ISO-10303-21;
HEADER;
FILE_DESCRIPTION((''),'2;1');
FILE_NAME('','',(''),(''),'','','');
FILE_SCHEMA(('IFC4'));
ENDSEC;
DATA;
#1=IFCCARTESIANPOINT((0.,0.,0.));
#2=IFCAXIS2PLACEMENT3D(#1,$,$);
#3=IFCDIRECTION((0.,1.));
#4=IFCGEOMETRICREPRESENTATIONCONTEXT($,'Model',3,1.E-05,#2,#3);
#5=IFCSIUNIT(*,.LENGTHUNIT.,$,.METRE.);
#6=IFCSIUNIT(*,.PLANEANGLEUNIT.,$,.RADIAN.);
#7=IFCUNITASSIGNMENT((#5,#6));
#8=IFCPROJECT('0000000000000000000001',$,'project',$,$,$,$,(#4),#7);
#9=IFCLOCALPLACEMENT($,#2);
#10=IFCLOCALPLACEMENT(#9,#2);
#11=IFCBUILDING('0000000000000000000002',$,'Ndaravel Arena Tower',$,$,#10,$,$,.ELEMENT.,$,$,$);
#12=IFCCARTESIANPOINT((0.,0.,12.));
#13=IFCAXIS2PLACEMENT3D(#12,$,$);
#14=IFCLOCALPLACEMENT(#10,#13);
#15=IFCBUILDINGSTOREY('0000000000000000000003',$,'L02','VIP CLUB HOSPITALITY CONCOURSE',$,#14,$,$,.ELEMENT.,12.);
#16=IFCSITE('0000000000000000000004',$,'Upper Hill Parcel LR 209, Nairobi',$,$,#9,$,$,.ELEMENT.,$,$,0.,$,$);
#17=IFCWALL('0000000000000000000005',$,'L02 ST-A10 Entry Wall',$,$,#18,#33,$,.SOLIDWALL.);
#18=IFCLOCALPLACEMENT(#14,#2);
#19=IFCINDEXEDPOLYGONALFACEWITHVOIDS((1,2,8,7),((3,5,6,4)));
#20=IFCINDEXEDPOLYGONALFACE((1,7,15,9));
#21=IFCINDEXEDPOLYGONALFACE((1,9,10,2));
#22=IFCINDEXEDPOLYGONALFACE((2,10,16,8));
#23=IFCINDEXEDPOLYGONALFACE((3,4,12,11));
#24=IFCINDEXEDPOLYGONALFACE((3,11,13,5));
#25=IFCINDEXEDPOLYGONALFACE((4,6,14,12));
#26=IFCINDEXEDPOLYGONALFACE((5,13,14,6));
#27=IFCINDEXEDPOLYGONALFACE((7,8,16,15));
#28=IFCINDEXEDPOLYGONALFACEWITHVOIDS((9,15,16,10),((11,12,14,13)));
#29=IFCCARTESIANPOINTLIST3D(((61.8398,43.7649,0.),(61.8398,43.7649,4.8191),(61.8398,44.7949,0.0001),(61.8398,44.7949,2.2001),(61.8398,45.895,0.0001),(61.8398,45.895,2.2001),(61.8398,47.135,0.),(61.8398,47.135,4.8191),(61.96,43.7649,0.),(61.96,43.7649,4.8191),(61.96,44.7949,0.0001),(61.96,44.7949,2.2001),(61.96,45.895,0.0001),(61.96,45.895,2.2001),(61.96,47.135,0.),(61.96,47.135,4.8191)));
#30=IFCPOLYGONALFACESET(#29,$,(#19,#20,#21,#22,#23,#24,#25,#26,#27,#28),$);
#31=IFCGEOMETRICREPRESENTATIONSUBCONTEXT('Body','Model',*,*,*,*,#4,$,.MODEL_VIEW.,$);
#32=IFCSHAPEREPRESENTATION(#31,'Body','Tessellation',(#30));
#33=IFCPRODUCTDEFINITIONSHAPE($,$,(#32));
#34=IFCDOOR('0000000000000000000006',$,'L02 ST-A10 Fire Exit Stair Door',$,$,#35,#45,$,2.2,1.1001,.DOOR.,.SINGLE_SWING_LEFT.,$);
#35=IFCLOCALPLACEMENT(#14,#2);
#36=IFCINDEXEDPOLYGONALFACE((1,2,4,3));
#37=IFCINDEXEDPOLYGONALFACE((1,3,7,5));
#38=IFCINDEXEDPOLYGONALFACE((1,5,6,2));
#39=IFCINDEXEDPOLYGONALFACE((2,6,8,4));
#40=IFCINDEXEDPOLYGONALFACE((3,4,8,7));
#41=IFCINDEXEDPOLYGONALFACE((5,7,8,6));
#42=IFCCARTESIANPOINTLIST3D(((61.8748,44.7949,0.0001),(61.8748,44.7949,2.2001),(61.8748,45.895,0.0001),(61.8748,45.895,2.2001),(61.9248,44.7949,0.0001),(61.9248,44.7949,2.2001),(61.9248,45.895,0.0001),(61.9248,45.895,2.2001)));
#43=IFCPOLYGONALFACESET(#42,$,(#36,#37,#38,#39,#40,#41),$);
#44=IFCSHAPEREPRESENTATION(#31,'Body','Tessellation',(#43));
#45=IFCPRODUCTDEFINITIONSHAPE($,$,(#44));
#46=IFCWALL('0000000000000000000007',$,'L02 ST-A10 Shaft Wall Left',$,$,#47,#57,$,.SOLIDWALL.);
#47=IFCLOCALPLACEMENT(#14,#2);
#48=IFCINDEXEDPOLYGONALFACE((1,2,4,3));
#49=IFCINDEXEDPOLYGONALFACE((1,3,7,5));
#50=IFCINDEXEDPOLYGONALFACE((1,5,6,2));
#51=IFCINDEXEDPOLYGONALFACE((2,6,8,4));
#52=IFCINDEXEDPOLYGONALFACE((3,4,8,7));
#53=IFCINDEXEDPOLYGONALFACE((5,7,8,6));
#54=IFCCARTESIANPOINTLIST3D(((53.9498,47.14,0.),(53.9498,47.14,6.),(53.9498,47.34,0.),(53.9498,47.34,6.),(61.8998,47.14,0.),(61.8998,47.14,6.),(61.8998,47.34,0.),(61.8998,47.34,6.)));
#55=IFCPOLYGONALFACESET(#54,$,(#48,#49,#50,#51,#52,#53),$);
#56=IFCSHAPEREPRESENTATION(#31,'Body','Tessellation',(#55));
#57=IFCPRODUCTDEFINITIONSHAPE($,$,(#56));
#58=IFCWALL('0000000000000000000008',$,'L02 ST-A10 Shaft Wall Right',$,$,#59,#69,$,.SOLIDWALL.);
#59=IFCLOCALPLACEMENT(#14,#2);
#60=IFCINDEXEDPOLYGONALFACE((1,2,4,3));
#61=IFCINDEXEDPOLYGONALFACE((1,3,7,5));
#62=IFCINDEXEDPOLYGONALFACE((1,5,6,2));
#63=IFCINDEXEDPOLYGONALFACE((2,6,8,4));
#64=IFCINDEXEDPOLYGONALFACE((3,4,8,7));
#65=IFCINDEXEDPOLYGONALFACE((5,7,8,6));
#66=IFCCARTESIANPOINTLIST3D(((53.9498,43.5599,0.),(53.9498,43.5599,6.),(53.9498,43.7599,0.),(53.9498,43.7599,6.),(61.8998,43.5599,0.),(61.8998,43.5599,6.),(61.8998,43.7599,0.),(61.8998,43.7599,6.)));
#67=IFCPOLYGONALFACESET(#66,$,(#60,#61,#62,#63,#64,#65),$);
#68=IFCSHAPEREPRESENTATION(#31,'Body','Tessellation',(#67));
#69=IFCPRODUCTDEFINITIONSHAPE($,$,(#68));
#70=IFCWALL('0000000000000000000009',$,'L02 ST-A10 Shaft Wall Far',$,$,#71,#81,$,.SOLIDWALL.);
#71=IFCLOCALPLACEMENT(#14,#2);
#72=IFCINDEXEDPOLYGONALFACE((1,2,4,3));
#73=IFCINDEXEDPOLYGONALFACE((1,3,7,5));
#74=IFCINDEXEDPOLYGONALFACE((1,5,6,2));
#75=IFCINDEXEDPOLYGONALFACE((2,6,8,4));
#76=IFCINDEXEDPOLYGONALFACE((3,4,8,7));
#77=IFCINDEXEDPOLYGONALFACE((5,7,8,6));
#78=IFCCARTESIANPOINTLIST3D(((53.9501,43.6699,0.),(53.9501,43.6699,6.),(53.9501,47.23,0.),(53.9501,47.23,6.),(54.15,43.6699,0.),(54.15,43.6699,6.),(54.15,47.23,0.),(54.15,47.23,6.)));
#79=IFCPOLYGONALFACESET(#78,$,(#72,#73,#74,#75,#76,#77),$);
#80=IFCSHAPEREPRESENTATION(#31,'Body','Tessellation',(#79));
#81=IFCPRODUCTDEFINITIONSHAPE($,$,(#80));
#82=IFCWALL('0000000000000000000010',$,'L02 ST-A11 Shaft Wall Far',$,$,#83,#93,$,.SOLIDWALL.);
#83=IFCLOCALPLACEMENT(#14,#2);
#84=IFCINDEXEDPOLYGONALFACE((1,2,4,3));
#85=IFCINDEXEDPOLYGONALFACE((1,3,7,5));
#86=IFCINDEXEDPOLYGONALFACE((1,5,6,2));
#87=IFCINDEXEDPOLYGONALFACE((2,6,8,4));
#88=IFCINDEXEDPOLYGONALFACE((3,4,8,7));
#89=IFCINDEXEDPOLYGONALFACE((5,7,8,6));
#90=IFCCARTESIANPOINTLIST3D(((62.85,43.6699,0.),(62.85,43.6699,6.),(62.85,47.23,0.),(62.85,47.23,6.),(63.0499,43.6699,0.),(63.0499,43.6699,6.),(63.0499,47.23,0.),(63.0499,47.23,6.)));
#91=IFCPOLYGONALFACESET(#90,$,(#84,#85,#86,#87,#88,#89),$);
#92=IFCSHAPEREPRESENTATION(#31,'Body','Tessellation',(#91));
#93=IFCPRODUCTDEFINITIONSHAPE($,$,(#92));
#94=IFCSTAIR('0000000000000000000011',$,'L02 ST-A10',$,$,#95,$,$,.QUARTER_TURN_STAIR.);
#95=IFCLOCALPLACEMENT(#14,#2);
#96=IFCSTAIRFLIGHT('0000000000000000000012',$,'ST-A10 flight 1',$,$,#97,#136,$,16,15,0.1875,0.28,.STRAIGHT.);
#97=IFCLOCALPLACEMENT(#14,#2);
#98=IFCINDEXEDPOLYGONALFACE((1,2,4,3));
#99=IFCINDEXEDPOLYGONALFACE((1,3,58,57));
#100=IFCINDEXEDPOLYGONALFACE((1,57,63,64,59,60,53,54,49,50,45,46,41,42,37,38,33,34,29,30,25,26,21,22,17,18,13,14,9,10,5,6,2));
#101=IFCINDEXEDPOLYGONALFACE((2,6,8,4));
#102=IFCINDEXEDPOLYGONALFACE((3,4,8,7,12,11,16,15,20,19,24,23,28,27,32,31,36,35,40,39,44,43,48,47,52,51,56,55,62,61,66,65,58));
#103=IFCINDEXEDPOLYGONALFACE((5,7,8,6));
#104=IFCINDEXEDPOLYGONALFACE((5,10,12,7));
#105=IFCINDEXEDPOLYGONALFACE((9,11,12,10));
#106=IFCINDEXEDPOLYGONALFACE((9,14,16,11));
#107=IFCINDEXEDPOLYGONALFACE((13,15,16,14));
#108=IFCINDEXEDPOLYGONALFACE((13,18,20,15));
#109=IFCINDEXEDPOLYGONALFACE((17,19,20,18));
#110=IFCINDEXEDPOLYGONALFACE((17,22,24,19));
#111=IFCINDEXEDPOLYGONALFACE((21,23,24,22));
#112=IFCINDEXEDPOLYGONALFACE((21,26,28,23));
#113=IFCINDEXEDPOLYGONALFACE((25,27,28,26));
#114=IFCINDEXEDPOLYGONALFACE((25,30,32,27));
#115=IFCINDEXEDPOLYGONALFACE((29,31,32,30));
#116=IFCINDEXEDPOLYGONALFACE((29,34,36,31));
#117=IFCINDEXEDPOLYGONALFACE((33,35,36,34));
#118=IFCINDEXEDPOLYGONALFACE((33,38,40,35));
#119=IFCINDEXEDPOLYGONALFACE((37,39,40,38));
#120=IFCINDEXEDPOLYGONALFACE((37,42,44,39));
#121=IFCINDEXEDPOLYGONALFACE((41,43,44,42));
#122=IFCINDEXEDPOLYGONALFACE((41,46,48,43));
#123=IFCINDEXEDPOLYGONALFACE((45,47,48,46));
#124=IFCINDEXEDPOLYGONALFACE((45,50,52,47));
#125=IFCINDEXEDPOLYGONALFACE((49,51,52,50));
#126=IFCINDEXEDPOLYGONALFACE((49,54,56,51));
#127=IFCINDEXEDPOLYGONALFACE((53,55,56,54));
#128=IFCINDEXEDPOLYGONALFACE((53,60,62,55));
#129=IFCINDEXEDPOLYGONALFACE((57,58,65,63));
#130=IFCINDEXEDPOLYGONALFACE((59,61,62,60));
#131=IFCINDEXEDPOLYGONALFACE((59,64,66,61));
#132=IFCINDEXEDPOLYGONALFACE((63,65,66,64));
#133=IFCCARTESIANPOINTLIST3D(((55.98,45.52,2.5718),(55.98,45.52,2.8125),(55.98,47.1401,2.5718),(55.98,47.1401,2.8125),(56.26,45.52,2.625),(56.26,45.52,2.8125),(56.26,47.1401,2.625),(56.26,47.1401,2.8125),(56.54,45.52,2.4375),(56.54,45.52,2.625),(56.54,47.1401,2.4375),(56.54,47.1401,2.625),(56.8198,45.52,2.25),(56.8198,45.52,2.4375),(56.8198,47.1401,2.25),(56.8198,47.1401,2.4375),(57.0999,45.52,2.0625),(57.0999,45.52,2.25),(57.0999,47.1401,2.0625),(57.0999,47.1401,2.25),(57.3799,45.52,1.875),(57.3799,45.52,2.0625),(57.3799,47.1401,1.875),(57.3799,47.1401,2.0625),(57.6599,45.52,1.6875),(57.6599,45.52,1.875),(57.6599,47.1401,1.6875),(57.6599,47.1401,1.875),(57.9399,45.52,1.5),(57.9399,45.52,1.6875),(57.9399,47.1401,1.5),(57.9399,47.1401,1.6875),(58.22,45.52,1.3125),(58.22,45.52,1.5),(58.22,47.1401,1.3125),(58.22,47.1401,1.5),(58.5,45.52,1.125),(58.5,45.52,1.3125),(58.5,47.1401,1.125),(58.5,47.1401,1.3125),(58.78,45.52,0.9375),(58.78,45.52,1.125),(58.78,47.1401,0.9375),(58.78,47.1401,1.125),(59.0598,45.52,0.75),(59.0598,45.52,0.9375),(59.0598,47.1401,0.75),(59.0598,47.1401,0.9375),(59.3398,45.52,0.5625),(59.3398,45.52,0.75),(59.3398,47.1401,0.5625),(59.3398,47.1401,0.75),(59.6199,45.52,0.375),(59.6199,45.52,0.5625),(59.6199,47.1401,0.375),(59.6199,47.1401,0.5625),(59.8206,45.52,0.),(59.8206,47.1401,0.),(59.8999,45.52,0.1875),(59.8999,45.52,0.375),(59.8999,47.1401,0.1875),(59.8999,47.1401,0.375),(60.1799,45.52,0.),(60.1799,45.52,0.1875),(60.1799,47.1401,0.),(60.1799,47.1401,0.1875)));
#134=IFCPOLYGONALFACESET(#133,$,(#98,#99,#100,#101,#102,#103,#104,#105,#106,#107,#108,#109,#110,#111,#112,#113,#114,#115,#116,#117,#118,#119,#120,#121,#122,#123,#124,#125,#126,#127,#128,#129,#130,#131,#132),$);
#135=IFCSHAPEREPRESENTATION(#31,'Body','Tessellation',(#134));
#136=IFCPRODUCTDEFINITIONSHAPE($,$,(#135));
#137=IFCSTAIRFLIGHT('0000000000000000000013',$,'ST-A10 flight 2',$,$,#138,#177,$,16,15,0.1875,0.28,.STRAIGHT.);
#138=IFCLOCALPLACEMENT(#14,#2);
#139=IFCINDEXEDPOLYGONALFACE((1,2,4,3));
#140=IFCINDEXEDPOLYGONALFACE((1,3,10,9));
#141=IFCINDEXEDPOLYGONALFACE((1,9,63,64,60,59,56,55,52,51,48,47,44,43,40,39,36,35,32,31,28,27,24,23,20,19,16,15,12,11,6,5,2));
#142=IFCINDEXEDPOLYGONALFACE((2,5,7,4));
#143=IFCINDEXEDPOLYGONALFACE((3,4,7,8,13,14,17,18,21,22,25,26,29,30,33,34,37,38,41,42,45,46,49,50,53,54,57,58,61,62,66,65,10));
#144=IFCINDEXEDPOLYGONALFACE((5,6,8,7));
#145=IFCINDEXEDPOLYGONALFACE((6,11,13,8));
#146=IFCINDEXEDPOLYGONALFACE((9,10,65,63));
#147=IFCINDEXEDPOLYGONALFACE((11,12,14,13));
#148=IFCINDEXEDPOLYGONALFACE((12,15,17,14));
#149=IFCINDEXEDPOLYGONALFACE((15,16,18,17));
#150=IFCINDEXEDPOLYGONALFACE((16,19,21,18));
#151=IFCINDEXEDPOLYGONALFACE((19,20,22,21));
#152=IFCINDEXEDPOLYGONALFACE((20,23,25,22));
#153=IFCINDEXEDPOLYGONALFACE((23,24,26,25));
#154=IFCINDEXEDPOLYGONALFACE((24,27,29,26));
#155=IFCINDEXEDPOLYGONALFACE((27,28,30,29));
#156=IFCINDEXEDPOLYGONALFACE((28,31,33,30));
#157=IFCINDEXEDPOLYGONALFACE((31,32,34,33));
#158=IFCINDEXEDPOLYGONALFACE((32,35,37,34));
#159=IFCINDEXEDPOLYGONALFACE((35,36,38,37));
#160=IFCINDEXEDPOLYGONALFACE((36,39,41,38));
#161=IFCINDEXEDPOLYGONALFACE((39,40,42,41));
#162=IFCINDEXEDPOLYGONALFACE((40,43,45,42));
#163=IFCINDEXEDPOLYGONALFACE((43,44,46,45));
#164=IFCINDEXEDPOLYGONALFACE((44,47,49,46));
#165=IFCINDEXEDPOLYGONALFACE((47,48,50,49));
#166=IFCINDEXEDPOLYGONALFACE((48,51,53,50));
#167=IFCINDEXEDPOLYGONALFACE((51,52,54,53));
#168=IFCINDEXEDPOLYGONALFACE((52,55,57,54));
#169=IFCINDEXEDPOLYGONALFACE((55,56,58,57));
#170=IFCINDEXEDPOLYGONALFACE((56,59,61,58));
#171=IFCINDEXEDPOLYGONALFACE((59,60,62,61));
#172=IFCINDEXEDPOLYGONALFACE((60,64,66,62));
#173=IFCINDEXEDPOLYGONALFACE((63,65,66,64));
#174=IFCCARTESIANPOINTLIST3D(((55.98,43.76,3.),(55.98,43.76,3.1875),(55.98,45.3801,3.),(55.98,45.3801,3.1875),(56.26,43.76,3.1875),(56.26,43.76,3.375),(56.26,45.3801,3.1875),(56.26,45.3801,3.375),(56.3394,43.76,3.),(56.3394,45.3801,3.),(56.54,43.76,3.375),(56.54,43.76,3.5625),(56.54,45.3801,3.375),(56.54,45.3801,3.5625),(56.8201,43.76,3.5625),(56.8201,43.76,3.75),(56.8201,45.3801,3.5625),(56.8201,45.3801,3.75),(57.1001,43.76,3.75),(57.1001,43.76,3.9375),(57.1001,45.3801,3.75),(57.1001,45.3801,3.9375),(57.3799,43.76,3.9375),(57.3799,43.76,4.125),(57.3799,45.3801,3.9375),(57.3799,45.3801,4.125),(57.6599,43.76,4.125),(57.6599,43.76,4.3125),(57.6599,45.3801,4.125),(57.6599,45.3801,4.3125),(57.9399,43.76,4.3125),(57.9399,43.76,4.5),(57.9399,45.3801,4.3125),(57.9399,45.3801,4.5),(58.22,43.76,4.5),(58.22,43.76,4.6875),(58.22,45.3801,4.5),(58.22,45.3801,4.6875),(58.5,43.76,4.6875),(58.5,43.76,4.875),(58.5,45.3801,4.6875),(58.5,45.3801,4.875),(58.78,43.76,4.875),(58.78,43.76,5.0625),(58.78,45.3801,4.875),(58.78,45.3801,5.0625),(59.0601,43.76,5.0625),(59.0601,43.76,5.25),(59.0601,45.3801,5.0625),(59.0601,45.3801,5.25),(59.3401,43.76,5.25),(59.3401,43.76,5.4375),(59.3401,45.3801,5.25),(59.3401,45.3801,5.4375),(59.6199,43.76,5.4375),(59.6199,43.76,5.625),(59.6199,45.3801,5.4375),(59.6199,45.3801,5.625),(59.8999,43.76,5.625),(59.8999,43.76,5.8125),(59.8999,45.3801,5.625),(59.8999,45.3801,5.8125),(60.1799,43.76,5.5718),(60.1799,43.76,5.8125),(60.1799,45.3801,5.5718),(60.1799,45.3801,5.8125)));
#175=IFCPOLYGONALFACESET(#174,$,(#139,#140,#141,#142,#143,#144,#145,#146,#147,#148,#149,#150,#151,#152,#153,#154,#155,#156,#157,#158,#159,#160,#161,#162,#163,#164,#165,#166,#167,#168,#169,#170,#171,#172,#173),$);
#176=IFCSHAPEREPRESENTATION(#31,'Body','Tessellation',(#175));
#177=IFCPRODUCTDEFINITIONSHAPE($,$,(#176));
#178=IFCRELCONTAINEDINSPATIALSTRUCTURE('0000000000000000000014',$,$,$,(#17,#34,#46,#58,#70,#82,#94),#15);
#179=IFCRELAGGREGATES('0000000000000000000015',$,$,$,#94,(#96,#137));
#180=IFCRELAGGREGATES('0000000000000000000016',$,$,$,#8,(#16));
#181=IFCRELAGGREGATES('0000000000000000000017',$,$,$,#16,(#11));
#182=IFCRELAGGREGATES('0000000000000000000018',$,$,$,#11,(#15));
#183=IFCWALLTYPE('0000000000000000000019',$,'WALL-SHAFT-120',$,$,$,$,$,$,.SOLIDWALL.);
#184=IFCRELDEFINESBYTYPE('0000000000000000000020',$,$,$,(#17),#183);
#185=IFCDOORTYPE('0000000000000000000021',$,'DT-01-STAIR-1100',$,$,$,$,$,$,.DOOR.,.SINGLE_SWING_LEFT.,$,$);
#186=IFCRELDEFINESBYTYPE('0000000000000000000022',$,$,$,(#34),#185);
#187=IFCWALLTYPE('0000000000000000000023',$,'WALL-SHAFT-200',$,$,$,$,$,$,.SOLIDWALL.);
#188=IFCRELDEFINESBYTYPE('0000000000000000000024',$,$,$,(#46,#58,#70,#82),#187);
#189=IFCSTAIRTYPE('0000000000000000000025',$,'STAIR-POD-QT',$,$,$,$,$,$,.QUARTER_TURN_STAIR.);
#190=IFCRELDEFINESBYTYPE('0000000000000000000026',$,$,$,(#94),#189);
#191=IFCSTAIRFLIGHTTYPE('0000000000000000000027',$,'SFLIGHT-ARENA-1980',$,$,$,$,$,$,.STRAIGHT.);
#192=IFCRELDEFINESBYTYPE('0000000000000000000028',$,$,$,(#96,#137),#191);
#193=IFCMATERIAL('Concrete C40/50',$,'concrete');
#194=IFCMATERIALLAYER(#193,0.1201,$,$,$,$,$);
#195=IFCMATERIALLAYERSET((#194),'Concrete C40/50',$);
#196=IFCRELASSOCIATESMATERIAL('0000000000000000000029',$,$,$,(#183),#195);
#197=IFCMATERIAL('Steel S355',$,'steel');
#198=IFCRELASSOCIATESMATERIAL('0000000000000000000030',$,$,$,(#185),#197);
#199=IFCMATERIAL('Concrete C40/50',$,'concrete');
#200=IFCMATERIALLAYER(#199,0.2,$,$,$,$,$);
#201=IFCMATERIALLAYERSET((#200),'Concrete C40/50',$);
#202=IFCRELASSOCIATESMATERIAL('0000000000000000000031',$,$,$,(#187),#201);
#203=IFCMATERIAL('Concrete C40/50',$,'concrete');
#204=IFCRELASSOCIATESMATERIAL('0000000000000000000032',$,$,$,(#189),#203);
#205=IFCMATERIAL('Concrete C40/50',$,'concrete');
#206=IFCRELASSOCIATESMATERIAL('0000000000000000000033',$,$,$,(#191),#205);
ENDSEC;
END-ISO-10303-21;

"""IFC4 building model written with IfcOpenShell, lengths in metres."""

from ifc_helpers import new_model, si_unit, direction, frame, frame_2d, origin, place, context, subcontext, project, spatial, polyline, rectangle, outline, extrude, material, layer, layer_set, type_object, element, fill, aggregate, save


model = new_model("IFC4")

# Units and contexts
model_context = context("Model", 3, precision=1e-05, world=origin(), true_north=direction((0.0, 1.0)))
body_context = subcontext(model_context, "Body", "Model", "MODEL_VIEW")
ifc_project = project(units=[si_unit("LENGTHUNIT", "METRE"), si_unit("PLANEANGLEUNIT", "RADIAN")], contexts=[model_context])

# Site, building, storey
site_placement = place(None, origin())
site = spatial("IfcSite", under=ifc_project, at=site_placement, Name="Upper Hill Parcel LR 209, Nairobi", CompositionType="ELEMENT", RefElevation=0.0)
building_placement = place(site_placement, origin())
building = spatial("IfcBuilding", under=site, at=building_placement, Name="Ndaravel Arena Tower", CompositionType="ELEMENT")
storey_placement = place(building_placement, frame((0.0, 0.0, 12.0)))
storey = spatial("IfcBuildingStorey", under=building, at=storey_placement, Name="L02", Description="VIP CLUB HOSPITALITY CONCOURSE", CompositionType="ELEMENT", Elevation=12.0)

# Wall, opening, door
ifc_material_1 = material(Name="Concrete C40/50", Category="concrete")
ifc_layer_1 = layer(ifc_material_1, 0.1201)
ifc_layer_set_1 = layer_set([ifc_layer_1], Name="Concrete C40/50")
wall_type_1 = type_object("IfcWallType", Name="WALL-SHAFT-120", PredefinedType="SOLIDWALL", material=ifc_layer_set_1)
wall_1_placement = place(storey_placement, frame((61.8999, 47.135, 0.0), z_axis=(0.0, 0.0, 1.0), x_axis=(0.0, -1.0, 0.0)))
wall_1 = element("IfcWall", 1, at=wall_1_placement, inside=storey, type_object=wall_type_1, Name="L02 ST-A10 Entry Wall", PredefinedType="SOLIDWALL", context=body_context, shape_type="SweptSolid", body=[
    extrude(rectangle(XDim=3.3701, YDim=0.1201, at=frame_2d((1.6851, 0.0))), origin(), (0.0, 0.0, 1.0), 4.8191),
])
opening_placement = place(wall_1_placement, frame((1.24, 0.0, 0.0)))
opening = element("IfcOpeningElement", 2, at=opening_placement, cuts=wall_1, PredefinedType="OPENING", context=body_context, shape_type="SweptSolid", body=[
    extrude(rectangle(XDim=1.1001, YDim=2.2, at=frame_2d((0.55, 1.1001))), frame((0.0, 0.0601, 0.0), z_axis=(0.0, -1.0, 0.0), x_axis=(1.0, 0.0, 0.0)), (0.0, 0.0, 1.0), 0.1201),
])
ifc_material_2 = material(Name="Steel S355", Category="steel")
door_type = type_object("IfcDoorType", Name="DT-01-STAIR-1100", OperationType="SINGLE_SWING_LEFT", PredefinedType="DOOR", material=ifc_material_2)
door_placement = place(opening_placement, origin())
door = element("IfcDoor", 3, at=door_placement, inside=storey, type_object=door_type, Name="L02 ST-A10 Fire Exit Stair Door", OperationType="SINGLE_SWING_LEFT", OverallHeight=2.2, OverallWidth=1.1001, PredefinedType="DOOR", context=body_context, shape_type="SweptSolid", body=[
    extrude(rectangle(XDim=1.1001, YDim=2.2, at=frame_2d((0.55, 1.1001))), frame((0.0, 0.0249, 0.0), z_axis=(0.0, -1.0, 0.0), x_axis=(1.0, 0.0, 0.0)), (0.0, 0.0, 1.0), 0.05),
])
fill(opening, door)

# Walls
ifc_material_3 = material(Name="Concrete C40/50", Category="concrete")
ifc_layer_2 = layer(ifc_material_3, 0.2)
ifc_layer_set_2 = layer_set([ifc_layer_2], Name="Concrete C40/50")
wall_type_2 = type_object("IfcWallType", Name="WALL-SHAFT-200", PredefinedType="SOLIDWALL", material=ifc_layer_set_2)
for number, where, z_axis, x_axis, name in (
    (4, (61.8999, 47.24, 0.0), (0.0, 0.0, 1.0), (-1.0, 0.0, 0.0), "L02 ST-A10 Shaft Wall Left"),
    (5, (61.8999, 43.6599, 0.0), (0.0, 0.0, 1.0), (-1.0, 0.0, 0.0), "L02 ST-A10 Shaft Wall Right"),
):
    element("IfcWall", number, at=place(storey_placement, frame(where, z_axis=z_axis, x_axis=x_axis)), inside=storey, type_object=wall_type_2, Name=name, PredefinedType="SOLIDWALL", context=body_context, shape_type="SweptSolid", body=[
        extrude(rectangle(XDim=7.95, YDim=0.2, at=frame_2d((3.9751, 0.0))), origin(), (0.0, 0.0, 1.0), 6.0),
    ])
for number, where, z_axis, x_axis, name in (
    (6, (54.05, 47.23, 0.0), (0.0, 0.0, 1.0), (0.0, -1.0, 0.0), "L02 ST-A10 Shaft Wall Far"),
    (7, (62.95, 47.23, 0.0), (0.0, 0.0, 1.0), (0.0, -1.0, 0.0), "L02 ST-A11 Shaft Wall Far"),
):
    element("IfcWall", number, at=place(storey_placement, frame(where, z_axis=z_axis, x_axis=x_axis)), inside=storey, type_object=wall_type_2, Name=name, PredefinedType="SOLIDWALL", context=body_context, shape_type="SweptSolid", body=[
        extrude(rectangle(XDim=3.5601, YDim=0.2, at=frame_2d((1.78, 0.0))), origin(), (0.0, 0.0, 1.0), 6.0),
    ])

# Stair, stair flights
ifc_material_4 = material(Name="Concrete C40/50", Category="concrete")
stair_type = type_object("IfcStairType", Name="STAIR-POD-QT", PredefinedType="QUARTER_TURN_STAIR", material=ifc_material_4)
stair_1_placement = place(storey_placement, origin())
stair_1 = element("IfcStair", 8, at=stair_1_placement, inside=storey, type_object=stair_type, Name="L02 ST-A10", PredefinedType="QUARTER_TURN_STAIR")
ifc_material_5 = material(Name="Concrete C40/50", Category="concrete")
stair_flight_type = type_object("IfcStairFlightType", Name="SFLIGHT-ARENA-1980", PredefinedType="STRAIGHT", material=ifc_material_5)
stair_flight_1_placement = place(storey_placement, frame((60.1799, 46.3301, 0.0), z_axis=(0.0, 0.0, 1.0), x_axis=(-1.0, 0.0, 0.0)))
stair_flight_1 = element("IfcStairFlight", 9, at=stair_flight_1_placement, type_object=stair_flight_type, Name="ST-A10 flight 1", NumberOfRisers=16, NumberOfTreads=15, PredefinedType="STRAIGHT", RiserHeight=0.1875, TreadLength=0.28, context=body_context, shape_type="SweptSolid", body=[
    extrude(outline(polyline([(0.0, 0.0), (0.0, 0.1875), (0.28, 0.1875), (0.28, 0.375), (0.5601, 0.375), (0.5601, 0.5625), (0.8401, 0.5625), (0.8401, 0.75), (1.1201, 0.75), (1.1201, 0.9375), (1.3999, 0.9375), (1.3999, 1.125), (1.6799, 1.125), (1.6799, 1.3125), (1.96, 1.3125), (1.96, 1.5), (2.24, 1.5), (2.24, 1.6875), (2.52, 1.6875), (2.52, 1.875), (2.8, 1.875), (2.8, 2.0625), (3.0801, 2.0625), (3.0801, 2.25), (3.3601, 2.25), (3.3601, 2.4375), (3.6399, 2.4375), (3.6399, 2.625), (3.9199, 2.625), (3.9199, 2.8125), (4.2, 2.8125), (4.2, 3.0), (4.2, 2.5718), (0.3594, 0.0), (0.0, 0.0)])), frame((0.0, 0.8101, 0.0), z_axis=(0.0, -1.0, 0.0), x_axis=(1.0, 0.0, 0.0)), (0.0, 0.0, 1.0), 1.6201),
])
stair_flight_2_placement = place(storey_placement, frame((55.98, 44.5701, 3.0), z_axis=(0.0, 0.0, 1.0), x_axis=(1.0, 0.0, 0.0)))
stair_flight_2 = element("IfcStairFlight", 10, at=stair_flight_2_placement, type_object=stair_flight_type, Name="ST-A10 flight 2", NumberOfRisers=16, NumberOfTreads=15, PredefinedType="STRAIGHT", RiserHeight=0.1875, TreadLength=0.28, context=body_context, shape_type="SweptSolid", body=[
    extrude(outline(polyline([(0.0, 0.0), (0.0, 0.1875), (0.28, 0.1875), (0.28, 0.375), (0.5601, 0.375), (0.5601, 0.5625), (0.8401, 0.5625), (0.8401, 0.75), (1.1201, 0.75), (1.1201, 0.9375), (1.3999, 0.9375), (1.3999, 1.125), (1.6799, 1.125), (1.6799, 1.3125), (1.96, 1.3125), (1.96, 1.5), (2.24, 1.5), (2.24, 1.6875), (2.52, 1.6875), (2.52, 1.875), (2.8, 1.875), (2.8, 2.0625), (3.0801, 2.0625), (3.0801, 2.25), (3.3601, 2.25), (3.3601, 2.4375), (3.6399, 2.4375), (3.6399, 2.625), (3.9199, 2.625), (3.9199, 2.8125), (4.2, 2.8125), (4.2, 3.0), (4.2, 2.5718), (0.3594, 0.0), (0.0, 0.0)])), frame((0.0, 0.8101, 0.0), z_axis=(0.0, -1.0, 0.0), x_axis=(1.0, 0.0, 0.0)), (0.0, 0.0, 1.0), 1.6201),
])
aggregate(stair_1, [stair_flight_1, stair_flight_2])

save(model, "model.ifc")
